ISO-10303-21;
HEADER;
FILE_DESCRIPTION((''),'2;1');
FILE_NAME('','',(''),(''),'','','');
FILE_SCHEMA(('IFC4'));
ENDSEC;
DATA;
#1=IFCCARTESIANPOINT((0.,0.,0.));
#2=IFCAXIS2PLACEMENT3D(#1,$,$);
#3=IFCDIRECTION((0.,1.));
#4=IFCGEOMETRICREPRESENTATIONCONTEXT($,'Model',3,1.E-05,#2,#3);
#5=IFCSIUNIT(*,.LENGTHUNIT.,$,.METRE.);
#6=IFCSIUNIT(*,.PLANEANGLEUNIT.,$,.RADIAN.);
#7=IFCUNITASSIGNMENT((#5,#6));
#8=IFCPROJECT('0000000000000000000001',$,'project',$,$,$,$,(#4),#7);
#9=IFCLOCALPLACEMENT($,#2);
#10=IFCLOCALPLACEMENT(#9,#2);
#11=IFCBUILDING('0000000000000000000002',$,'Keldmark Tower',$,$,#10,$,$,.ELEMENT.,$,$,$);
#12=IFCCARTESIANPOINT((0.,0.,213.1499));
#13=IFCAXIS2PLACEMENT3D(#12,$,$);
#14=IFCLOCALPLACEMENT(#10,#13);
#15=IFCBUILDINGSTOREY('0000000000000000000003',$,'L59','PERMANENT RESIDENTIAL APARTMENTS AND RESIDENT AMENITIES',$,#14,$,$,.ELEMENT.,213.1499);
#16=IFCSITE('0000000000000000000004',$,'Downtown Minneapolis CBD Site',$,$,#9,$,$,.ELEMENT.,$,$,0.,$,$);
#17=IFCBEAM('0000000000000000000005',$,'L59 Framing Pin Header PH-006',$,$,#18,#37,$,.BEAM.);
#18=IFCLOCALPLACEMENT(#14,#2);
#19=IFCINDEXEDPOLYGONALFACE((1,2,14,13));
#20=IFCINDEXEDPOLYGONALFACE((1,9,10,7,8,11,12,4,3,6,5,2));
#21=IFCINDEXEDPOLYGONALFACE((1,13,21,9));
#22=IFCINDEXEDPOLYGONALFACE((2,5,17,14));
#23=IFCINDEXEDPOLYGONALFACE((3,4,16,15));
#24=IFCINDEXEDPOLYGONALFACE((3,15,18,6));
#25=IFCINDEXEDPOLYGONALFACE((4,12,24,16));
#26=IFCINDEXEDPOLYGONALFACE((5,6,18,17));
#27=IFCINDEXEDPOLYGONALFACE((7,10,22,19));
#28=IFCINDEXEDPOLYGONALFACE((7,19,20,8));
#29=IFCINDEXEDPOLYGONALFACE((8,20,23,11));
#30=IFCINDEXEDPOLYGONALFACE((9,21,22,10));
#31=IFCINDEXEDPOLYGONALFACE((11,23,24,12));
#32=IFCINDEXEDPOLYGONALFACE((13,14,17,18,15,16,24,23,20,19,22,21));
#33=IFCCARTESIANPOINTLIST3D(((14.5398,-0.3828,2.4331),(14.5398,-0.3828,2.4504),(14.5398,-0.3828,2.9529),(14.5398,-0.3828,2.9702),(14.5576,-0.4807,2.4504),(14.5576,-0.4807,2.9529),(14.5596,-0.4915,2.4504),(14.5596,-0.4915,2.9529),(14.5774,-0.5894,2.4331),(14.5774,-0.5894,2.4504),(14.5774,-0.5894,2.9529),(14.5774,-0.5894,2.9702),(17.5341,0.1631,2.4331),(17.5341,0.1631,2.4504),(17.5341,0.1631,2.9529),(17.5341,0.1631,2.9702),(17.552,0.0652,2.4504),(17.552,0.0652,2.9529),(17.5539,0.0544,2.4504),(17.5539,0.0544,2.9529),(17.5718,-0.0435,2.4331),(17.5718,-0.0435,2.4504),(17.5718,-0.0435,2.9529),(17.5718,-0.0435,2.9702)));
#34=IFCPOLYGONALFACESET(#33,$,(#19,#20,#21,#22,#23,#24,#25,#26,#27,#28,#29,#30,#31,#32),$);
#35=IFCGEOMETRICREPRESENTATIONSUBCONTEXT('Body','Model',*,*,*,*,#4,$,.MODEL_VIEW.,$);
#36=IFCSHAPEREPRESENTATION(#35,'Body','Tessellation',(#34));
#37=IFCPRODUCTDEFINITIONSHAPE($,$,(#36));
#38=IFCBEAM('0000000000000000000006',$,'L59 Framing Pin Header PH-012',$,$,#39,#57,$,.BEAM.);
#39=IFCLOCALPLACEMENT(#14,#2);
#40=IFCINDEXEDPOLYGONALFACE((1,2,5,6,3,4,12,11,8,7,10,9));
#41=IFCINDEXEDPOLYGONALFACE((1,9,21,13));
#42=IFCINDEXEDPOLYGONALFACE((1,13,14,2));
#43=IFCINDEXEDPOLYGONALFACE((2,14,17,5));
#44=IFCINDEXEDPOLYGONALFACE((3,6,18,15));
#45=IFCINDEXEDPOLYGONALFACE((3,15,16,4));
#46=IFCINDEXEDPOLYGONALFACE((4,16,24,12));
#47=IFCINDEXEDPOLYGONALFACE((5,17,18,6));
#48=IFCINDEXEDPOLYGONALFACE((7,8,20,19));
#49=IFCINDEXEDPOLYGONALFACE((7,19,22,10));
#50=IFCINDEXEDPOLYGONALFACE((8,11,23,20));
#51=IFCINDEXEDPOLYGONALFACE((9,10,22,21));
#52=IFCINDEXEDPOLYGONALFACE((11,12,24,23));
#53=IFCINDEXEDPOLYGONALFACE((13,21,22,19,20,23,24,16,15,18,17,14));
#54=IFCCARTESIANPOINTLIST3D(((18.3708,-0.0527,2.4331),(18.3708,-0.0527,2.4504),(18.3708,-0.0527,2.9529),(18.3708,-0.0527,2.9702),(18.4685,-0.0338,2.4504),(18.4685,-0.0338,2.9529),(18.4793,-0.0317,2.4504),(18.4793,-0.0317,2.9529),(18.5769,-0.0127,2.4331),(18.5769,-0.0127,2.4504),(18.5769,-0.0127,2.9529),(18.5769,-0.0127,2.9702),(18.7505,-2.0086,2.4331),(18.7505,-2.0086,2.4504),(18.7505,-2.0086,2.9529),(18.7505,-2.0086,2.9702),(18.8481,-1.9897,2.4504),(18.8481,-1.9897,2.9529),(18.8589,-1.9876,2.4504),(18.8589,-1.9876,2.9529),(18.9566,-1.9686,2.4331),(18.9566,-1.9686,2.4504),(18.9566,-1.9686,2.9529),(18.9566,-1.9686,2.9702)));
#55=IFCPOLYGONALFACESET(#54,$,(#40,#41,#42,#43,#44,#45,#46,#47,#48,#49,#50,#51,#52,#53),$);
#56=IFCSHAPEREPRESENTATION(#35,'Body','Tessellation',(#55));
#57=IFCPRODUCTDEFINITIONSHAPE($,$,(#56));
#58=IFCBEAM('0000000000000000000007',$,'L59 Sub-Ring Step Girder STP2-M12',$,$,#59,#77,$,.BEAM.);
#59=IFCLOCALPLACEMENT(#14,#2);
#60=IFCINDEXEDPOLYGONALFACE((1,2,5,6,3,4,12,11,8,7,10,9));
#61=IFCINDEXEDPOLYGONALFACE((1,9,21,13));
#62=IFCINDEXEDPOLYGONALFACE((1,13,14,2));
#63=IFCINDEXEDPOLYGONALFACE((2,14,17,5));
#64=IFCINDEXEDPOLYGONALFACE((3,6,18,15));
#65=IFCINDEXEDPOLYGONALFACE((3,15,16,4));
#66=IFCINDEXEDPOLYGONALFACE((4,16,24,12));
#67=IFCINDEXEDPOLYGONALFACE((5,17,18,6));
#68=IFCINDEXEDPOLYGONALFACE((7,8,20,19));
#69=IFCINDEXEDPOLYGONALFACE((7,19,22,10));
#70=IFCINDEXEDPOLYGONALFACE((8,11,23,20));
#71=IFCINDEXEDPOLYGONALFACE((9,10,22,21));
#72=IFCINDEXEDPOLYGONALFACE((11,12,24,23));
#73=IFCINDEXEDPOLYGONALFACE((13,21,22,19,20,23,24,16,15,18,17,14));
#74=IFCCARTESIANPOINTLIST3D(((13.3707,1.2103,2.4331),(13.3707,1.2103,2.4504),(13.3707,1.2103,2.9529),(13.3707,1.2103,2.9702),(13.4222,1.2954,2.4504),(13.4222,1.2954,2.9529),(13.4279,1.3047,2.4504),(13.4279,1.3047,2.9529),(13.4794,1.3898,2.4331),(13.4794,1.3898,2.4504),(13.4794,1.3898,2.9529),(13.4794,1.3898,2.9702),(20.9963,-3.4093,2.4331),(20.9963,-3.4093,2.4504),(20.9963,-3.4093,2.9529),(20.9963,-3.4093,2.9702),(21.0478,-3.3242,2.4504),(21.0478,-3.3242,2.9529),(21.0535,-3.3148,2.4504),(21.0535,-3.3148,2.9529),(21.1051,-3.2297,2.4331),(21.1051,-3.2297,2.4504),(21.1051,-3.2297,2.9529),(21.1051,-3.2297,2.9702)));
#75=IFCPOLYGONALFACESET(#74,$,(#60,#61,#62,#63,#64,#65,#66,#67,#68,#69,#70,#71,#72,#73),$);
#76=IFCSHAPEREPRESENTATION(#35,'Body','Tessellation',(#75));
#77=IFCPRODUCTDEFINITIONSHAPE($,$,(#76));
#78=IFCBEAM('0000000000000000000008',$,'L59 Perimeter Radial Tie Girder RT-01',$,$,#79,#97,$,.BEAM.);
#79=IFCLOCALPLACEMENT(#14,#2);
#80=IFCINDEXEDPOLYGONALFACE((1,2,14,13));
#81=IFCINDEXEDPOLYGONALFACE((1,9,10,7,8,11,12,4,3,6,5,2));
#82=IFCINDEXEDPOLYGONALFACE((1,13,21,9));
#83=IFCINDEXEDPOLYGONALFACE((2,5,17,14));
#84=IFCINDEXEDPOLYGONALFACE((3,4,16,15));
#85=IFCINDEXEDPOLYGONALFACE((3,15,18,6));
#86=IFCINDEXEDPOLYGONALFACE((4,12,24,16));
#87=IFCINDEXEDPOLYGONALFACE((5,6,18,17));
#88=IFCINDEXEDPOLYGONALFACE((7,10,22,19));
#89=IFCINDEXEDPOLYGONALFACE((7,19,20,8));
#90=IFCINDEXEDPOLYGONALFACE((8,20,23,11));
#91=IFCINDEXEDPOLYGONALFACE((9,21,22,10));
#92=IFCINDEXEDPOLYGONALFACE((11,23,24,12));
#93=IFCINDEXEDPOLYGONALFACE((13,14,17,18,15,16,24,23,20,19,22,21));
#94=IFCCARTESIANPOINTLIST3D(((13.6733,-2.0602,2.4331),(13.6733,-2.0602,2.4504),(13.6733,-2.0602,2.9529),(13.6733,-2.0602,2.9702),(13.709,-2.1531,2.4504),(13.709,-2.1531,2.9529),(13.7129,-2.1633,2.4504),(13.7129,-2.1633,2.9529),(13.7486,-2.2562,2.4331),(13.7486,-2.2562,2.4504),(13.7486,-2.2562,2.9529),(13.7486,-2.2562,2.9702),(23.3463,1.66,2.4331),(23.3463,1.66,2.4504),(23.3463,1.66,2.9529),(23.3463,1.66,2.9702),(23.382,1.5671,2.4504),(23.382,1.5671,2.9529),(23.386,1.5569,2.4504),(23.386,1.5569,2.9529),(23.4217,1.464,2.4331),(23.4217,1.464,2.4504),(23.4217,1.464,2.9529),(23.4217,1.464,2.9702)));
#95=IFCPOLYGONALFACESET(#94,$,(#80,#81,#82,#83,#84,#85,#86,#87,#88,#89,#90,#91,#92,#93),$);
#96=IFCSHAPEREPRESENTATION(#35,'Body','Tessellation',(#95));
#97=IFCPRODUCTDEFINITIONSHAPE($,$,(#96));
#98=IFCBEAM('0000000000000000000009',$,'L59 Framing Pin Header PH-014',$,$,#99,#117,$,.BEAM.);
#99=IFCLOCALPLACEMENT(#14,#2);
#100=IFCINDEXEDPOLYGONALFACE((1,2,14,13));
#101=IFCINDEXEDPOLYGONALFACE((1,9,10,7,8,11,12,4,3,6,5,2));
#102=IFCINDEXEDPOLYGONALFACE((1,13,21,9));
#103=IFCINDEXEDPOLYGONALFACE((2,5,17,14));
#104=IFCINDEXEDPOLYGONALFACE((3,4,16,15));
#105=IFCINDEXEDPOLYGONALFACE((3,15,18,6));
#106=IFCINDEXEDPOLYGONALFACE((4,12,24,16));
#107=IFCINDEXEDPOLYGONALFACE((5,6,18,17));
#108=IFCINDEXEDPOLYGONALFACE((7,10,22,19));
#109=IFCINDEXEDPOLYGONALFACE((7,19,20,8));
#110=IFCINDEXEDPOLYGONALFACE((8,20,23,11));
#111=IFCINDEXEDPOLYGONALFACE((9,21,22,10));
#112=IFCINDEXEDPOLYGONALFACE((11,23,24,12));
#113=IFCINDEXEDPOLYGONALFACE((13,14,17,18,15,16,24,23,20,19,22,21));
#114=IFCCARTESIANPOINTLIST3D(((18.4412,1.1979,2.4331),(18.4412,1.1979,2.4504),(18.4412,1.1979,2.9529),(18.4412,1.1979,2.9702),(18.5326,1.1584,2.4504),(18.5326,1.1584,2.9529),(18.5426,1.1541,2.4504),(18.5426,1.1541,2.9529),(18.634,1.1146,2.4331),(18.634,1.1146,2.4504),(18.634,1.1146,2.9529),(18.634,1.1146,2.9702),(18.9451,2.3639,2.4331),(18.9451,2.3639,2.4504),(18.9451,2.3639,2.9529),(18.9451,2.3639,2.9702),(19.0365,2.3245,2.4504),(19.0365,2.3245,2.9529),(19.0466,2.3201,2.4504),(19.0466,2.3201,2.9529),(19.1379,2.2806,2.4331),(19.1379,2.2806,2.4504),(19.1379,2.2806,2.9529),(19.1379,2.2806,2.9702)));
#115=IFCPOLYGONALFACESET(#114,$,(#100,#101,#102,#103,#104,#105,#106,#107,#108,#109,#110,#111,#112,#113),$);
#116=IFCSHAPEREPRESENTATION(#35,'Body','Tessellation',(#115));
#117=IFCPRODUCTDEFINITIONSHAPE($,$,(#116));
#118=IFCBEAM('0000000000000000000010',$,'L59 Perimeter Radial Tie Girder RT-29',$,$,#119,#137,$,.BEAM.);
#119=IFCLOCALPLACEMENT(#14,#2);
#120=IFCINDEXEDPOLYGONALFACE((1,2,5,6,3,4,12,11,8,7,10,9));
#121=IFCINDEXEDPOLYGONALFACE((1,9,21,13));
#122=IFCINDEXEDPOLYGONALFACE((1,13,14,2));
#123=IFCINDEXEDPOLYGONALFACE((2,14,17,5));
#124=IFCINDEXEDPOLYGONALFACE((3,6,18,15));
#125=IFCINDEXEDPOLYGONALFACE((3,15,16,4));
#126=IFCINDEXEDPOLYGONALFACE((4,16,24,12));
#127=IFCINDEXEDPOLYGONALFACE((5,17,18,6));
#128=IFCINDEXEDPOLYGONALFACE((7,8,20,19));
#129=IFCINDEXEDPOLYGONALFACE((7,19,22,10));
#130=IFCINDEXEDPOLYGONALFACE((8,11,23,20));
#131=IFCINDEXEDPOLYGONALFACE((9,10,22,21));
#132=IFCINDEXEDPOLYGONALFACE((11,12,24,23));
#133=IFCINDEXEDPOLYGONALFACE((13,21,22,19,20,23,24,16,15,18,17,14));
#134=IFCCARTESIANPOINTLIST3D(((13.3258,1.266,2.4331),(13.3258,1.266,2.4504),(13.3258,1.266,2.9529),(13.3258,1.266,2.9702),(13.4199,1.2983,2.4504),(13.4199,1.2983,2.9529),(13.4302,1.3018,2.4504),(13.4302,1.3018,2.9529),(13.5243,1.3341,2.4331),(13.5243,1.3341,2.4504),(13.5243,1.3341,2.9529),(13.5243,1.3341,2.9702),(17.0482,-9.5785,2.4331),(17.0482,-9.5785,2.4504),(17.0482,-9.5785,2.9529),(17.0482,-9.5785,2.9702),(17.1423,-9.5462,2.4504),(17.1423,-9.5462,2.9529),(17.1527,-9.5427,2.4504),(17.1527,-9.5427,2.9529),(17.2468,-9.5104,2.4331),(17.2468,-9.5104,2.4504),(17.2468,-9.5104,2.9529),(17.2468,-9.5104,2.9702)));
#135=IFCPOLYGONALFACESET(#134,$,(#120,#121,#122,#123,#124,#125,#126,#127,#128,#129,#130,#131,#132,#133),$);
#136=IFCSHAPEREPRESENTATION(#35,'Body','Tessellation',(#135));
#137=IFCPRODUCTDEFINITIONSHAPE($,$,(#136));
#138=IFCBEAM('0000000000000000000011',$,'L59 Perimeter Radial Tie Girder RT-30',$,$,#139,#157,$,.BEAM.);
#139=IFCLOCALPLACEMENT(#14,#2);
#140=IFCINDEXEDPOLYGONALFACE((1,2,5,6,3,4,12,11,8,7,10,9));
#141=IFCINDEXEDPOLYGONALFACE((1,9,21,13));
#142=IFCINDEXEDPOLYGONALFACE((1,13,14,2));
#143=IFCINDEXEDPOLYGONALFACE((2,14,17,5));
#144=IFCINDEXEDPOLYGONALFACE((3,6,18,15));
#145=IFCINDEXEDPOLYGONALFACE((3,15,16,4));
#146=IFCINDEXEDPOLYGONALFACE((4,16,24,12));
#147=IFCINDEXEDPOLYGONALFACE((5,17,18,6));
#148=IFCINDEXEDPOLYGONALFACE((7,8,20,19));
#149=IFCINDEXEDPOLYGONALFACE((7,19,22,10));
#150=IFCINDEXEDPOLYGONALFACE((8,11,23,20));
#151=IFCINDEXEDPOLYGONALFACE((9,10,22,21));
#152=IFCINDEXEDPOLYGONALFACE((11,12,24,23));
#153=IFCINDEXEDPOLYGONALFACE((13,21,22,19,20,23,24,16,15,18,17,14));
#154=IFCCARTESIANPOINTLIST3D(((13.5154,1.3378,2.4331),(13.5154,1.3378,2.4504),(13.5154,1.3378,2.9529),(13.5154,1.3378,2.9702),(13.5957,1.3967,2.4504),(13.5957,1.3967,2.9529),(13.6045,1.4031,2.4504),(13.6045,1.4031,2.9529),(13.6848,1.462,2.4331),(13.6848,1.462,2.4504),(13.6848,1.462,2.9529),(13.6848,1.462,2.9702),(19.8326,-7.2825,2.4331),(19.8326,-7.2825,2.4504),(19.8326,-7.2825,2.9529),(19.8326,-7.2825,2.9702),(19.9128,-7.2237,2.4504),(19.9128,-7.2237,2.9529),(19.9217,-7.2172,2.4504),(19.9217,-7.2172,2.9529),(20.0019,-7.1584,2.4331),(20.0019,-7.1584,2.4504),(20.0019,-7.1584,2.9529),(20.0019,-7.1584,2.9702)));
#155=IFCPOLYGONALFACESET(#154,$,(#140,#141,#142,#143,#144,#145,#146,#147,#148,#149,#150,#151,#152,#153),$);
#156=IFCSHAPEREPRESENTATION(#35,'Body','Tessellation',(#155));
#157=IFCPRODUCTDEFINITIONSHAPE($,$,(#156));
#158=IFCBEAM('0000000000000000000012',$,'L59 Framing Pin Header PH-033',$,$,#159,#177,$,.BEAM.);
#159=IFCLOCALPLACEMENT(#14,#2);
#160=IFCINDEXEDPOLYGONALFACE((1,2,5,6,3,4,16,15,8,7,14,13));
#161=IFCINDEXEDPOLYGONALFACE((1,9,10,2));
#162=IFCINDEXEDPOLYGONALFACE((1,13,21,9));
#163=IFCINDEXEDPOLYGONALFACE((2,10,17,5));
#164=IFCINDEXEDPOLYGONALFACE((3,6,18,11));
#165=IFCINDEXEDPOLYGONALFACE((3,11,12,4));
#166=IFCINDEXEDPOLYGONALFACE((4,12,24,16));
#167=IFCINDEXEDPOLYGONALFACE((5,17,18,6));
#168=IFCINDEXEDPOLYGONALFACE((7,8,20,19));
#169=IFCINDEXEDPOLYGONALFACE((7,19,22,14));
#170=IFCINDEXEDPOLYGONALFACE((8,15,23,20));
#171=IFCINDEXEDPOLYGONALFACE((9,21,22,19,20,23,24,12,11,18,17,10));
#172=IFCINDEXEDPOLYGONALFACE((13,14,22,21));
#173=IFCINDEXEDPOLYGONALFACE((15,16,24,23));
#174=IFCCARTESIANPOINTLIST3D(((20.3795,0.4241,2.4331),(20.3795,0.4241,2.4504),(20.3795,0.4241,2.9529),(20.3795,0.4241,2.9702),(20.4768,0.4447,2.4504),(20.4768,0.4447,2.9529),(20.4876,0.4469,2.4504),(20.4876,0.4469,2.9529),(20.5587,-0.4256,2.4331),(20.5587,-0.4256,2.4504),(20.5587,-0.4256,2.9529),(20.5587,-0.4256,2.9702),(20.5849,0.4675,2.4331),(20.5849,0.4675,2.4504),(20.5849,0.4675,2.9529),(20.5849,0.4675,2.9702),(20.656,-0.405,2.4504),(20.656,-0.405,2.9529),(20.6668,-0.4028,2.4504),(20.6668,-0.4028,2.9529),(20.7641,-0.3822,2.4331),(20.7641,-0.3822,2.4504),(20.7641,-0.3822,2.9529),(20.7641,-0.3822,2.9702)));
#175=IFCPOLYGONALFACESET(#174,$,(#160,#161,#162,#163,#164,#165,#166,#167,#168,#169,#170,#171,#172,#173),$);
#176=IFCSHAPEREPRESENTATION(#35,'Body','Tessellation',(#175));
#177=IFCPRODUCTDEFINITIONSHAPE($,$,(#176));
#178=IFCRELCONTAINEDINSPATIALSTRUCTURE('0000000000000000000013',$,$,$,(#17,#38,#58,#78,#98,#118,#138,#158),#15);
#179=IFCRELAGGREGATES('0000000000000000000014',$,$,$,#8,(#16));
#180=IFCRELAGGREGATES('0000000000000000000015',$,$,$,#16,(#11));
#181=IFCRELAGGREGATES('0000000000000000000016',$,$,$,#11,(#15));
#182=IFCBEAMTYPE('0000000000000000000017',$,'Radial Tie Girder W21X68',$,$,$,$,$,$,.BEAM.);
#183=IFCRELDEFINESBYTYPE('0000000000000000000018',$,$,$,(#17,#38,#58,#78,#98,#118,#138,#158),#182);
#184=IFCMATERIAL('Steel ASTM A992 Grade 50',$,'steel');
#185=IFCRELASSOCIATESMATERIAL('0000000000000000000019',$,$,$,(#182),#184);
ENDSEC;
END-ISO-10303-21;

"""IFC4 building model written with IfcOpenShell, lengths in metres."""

from ifc_helpers import new_model, si_unit, direction, frame, origin, origin_2d, place, context, subcontext, project, spatial, i_section, extrude, material, material_profile, profile_set, type_object, element, save


model = new_model("IFC4")

# Units and contexts
model_context = context("Model", 3, precision=1e-05, world=origin(), true_north=direction((0.0, 1.0)))
body_context = subcontext(model_context, "Body", "Model", "MODEL_VIEW")
ifc_project = project(units=[si_unit("LENGTHUNIT", "METRE"), si_unit("PLANEANGLEUNIT", "RADIAN")], contexts=[model_context])

# Site, building, storey
site_placement = place(None, origin())
site = spatial("IfcSite", under=ifc_project, at=site_placement, Name="Downtown Minneapolis CBD Site", CompositionType="ELEMENT", RefElevation=0.0)
building_placement = place(site_placement, origin())
building = spatial("IfcBuilding", under=site, at=building_placement, Name="Keldmark Tower", CompositionType="ELEMENT")
storey_placement = place(building_placement, frame((0.0, 0.0, 213.1499)))
storey = spatial("IfcBuildingStorey", under=building, at=storey_placement, Name="L59", Description="PERMANENT RESIDENTIAL APARTMENTS AND RESIDENT AMENITIES", CompositionType="ELEMENT", Elevation=213.1499)

# Beams
ifc_material_1 = material(Name="Steel ASTM A992 Grade 50", Category="steel")
ifc_material_profile_1 = material_profile(ifc_material_1, i_section(OverallWidth=0.21, OverallDepth=0.5371, WebThickness=0.011, FlangeThickness=0.0173, at=origin_2d()), Name="W21X68")
ifc_profile_set_1 = profile_set([ifc_material_profile_1], Name="Steel ASTM A992 Grade 50")
beam_type_1 = type_object("IfcBeamType", Name="Radial Tie Girder W21X68", PredefinedType="BEAM", material=ifc_profile_set_1)
beam_1_placement = place(storey_placement, frame((14.5586, -0.4861, 2.7017), z_axis=(0.983785, 0.179351, 0.0), x_axis=(-0.179351, 0.983785, 0.0)))
element("IfcBeam", 1, at=beam_1_placement, inside=storey, type_object=beam_type_1, Name="L59 Framing Pin Header PH-006", PredefinedType="BEAM", context=body_context, shape_type="SweptSolid", body=[
    extrude(i_section(OverallWidth=0.21, OverallDepth=0.5371, WebThickness=0.011, FlangeThickness=0.0173, at=origin_2d()), origin(), (0.0, 0.0, 1.0), 3.0437),
])
beam_2_placement = place(storey_placement, frame((18.4739, -0.0327, 2.7017), z_axis=(0.190551, -0.981677, 0.0), x_axis=(0.981677, 0.190551, 0.0)))
element("IfcBeam", 2, at=beam_2_placement, inside=storey, type_object=beam_type_1, Name="L59 Framing Pin Header PH-012", PredefinedType="BEAM", context=body_context, shape_type="SweptSolid", body=[
    extrude(i_section(OverallWidth=0.21, OverallDepth=0.5371, WebThickness=0.011, FlangeThickness=0.0173, at=origin_2d()), origin(), (0.0, 0.0, 1.0), 1.9924),
])
beam_3_placement = place(storey_placement, frame((13.425, 1.3, 2.7017), z_axis=(0.855299, -0.518135, 0.0), x_axis=(0.518135, 0.855299, 0.0)))
element("IfcBeam", 3, at=beam_3_placement, inside=storey, type_object=beam_type_1, Name="L59 Sub-Ring Step Girder STP2-M12", PredefinedType="BEAM", context=body_context, shape_type="SweptSolid", body=[
    extrude(i_section(OverallWidth=0.21, OverallDepth=0.5371, WebThickness=0.011, FlangeThickness=0.0173, at=origin_2d()), origin(), (0.0, 0.0, 1.0), 8.9158),
])
beam_4_placement = place(storey_placement, frame((13.7109, -2.1582, 2.7017), z_axis=(0.933352, 0.358962, 0.0), x_axis=(-0.358962, 0.933352, 0.0)))
element("IfcBeam", 4, at=beam_4_placement, inside=storey, type_object=beam_type_1, Name="L59 Perimeter Radial Tie Girder RT-01", PredefinedType="BEAM", context=body_context, shape_type="SweptSolid", body=[
    extrude(i_section(OverallWidth=0.21, OverallDepth=0.5371, WebThickness=0.011, FlangeThickness=0.0173, at=origin_2d()), origin(), (0.0, 0.0, 1.0), 10.3638),
])
beam_5_placement = place(storey_placement, frame((18.5376, 1.1562, 2.7017), z_axis=(0.396701, 0.917948, 0.0), x_axis=(-0.917948, 0.396701, 0.0)))
element("IfcBeam", 5, at=beam_5_placement, inside=storey, type_object=beam_type_1, Name="L59 Framing Pin Header PH-014", PredefinedType="BEAM", context=body_context, shape_type="SweptSolid", body=[
    extrude(i_section(OverallWidth=0.21, OverallDepth=0.5371, WebThickness=0.011, FlangeThickness=0.0173, at=origin_2d()), origin(), (0.0, 0.0, 1.0), 1.2703),
])
beam_6_placement = place(storey_placement, frame((13.425, 1.3, 2.7017), z_axis=(0.32466, -0.945831, 0.0), x_axis=(0.945831, 0.32466, 0.0)))
element("IfcBeam", 6, at=beam_6_placement, inside=storey, type_object=beam_type_1, Name="L59 Perimeter Radial Tie Girder RT-29", PredefinedType="BEAM", context=body_context, shape_type="SweptSolid", body=[
    extrude(i_section(OverallWidth=0.21, OverallDepth=0.5371, WebThickness=0.011, FlangeThickness=0.0173, at=origin_2d()), origin(), (0.0, 0.0, 1.0), 11.4656),
])
beam_7_placement = place(storey_placement, frame((13.6001, 1.3999, 2.7017), z_axis=(0.591092, -0.806604, 0.0), x_axis=(0.806604, 0.591092, 0.0)))
element("IfcBeam", 7, at=beam_7_placement, inside=storey, type_object=beam_type_1, Name="L59 Perimeter Radial Tie Girder RT-30", PredefinedType="BEAM", context=body_context, shape_type="SweptSolid", body=[
    extrude(i_section(OverallWidth=0.21, OverallDepth=0.5371, WebThickness=0.011, FlangeThickness=0.0173, at=origin_2d()), origin(), (0.0, 0.0, 1.0), 10.6873),
])
beam_8_placement = place(storey_placement, frame((20.4822, 0.4458, 2.7017), z_axis=(0.206379, -0.978472, 0.0), x_axis=(0.978472, 0.206379, 0.0)))
element("IfcBeam", 8, at=beam_8_placement, inside=storey, type_object=beam_type_1, Name="L59 Framing Pin Header PH-033", PredefinedType="BEAM", context=body_context, shape_type="SweptSolid", body=[
    extrude(i_section(OverallWidth=0.21, OverallDepth=0.5371, WebThickness=0.011, FlangeThickness=0.0173, at=origin_2d()), origin(), (0.0, 0.0, 1.0), 0.8684),
])

save(model, "model.ifc")
